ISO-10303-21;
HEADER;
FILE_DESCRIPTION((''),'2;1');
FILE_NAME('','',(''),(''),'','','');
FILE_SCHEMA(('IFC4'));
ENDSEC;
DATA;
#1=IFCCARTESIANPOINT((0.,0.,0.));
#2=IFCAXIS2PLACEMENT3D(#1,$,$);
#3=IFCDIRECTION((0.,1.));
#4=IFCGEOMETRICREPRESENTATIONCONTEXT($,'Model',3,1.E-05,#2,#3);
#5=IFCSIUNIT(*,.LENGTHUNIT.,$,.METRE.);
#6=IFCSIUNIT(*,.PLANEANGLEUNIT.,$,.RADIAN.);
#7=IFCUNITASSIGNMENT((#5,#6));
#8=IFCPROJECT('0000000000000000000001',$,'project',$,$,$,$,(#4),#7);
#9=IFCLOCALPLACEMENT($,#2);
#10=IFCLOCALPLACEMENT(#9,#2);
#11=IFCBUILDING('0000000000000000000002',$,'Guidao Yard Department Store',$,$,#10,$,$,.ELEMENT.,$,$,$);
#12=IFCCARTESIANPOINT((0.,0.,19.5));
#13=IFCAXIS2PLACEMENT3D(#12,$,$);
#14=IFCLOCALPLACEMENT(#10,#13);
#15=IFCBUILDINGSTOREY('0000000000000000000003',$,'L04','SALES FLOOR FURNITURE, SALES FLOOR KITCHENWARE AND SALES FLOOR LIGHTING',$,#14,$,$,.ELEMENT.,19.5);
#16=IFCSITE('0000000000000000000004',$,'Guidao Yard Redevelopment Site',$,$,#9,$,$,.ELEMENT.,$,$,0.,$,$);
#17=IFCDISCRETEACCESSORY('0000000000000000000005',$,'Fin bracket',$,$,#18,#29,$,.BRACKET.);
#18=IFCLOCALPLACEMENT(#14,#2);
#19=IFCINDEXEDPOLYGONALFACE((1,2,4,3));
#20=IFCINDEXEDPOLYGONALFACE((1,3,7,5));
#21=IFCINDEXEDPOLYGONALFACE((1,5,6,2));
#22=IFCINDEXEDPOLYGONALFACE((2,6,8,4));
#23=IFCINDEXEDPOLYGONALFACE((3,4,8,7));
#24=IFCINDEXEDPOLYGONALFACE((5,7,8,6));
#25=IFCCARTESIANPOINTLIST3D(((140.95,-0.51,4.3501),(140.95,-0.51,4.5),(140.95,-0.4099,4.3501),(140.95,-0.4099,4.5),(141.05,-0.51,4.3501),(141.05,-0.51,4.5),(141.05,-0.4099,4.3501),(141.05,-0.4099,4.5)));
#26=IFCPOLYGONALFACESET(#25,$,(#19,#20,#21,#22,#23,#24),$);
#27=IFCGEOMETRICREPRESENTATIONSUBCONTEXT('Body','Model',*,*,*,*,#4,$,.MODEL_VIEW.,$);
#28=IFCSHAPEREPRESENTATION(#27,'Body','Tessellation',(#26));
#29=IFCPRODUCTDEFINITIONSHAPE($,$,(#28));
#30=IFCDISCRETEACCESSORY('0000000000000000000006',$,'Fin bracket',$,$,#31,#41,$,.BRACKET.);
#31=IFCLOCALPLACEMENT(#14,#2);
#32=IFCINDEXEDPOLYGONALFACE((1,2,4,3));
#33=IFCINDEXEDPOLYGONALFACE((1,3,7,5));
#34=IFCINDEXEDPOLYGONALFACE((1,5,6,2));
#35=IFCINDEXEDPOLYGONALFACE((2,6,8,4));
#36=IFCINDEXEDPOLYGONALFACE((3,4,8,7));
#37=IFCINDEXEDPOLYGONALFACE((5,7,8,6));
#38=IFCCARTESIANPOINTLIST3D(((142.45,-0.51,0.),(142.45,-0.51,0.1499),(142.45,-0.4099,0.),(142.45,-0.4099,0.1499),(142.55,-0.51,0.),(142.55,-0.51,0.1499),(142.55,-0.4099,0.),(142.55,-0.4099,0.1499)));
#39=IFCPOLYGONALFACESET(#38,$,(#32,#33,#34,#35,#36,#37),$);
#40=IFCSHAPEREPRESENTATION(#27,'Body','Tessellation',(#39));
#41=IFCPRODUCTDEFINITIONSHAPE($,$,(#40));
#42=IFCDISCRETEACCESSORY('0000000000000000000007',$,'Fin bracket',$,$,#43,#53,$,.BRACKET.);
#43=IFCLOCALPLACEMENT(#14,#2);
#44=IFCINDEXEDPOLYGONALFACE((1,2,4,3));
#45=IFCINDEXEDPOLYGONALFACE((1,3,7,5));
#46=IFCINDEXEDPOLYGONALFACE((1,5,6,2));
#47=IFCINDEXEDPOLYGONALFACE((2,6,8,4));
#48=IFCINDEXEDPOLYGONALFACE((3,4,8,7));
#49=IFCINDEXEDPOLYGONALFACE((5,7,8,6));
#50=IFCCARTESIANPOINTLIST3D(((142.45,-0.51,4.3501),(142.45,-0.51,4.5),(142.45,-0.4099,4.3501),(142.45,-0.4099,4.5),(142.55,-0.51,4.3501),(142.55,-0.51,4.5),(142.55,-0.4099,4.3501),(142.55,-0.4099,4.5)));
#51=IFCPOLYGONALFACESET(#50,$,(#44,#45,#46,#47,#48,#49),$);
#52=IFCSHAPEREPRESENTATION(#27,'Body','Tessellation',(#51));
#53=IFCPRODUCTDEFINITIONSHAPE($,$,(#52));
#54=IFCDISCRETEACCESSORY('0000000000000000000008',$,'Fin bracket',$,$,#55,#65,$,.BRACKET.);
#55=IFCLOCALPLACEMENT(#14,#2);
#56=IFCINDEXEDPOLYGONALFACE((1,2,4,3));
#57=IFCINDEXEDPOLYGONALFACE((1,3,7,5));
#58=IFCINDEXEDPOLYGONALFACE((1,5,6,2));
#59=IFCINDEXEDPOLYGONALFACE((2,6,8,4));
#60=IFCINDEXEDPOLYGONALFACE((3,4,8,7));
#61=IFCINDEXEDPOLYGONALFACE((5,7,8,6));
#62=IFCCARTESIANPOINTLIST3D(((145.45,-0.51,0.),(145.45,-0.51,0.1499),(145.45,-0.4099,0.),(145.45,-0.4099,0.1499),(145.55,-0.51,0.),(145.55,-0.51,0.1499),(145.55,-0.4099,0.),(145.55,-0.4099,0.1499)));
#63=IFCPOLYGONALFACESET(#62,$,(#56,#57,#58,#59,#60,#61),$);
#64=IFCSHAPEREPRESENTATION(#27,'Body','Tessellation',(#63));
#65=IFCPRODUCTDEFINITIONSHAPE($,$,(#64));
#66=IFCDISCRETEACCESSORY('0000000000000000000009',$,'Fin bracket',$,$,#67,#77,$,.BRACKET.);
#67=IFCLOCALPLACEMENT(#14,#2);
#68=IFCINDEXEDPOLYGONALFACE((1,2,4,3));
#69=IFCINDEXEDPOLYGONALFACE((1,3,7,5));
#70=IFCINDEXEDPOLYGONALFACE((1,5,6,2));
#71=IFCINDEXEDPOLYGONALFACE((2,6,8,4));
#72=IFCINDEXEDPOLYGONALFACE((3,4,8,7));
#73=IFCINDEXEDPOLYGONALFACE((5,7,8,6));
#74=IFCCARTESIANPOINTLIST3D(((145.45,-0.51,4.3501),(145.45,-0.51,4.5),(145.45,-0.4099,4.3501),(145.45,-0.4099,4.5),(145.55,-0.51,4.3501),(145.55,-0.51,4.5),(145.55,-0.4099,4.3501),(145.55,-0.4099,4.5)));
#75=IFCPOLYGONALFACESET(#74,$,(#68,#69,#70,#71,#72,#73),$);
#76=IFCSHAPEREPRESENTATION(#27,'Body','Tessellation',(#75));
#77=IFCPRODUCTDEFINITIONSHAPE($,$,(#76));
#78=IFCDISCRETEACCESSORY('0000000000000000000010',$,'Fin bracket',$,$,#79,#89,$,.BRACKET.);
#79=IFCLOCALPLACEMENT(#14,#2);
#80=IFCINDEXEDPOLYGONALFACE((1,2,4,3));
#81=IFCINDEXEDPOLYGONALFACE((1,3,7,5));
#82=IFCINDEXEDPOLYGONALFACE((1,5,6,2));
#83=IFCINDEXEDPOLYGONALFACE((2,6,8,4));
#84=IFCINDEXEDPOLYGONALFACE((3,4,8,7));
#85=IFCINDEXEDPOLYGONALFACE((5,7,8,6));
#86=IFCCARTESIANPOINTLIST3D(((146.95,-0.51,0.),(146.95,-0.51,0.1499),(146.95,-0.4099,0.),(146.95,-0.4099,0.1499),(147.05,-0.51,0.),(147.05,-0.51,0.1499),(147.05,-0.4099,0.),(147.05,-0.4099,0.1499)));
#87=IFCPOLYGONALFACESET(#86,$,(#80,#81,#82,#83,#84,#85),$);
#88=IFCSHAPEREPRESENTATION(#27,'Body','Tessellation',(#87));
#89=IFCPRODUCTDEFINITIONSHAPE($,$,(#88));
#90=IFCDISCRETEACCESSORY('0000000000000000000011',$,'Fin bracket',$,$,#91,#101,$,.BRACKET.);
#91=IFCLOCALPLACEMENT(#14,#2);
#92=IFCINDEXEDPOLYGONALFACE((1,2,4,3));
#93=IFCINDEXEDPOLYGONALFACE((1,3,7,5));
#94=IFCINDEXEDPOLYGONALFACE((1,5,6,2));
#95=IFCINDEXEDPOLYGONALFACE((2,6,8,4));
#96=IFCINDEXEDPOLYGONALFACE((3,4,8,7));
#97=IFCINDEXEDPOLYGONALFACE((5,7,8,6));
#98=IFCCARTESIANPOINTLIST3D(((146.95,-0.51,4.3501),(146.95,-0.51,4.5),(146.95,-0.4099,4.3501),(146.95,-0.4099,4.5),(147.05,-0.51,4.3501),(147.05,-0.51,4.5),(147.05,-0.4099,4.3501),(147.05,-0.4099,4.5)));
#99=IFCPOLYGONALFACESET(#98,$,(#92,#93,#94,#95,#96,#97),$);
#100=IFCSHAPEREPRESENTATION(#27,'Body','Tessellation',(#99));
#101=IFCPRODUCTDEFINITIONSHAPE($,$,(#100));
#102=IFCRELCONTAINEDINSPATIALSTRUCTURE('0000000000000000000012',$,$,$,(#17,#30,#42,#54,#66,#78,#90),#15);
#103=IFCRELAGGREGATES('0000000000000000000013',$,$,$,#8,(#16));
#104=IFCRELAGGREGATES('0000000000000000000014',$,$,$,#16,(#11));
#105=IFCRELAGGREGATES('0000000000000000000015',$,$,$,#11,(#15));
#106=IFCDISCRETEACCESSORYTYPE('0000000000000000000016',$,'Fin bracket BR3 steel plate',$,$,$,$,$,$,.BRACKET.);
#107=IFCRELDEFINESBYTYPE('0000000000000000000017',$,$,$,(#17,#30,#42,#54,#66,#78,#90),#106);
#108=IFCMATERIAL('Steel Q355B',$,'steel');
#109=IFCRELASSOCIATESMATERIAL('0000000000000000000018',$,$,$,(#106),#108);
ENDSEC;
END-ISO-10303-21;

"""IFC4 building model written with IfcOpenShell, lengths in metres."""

from ifc_helpers import new_model, si_unit, direction, frame, origin, origin_2d, place, context, subcontext, project, spatial, rectangle, extrude, material, type_object, element, save


model = new_model("IFC4")

# Units and contexts
model_context = context("Model", 3, precision=1e-05, world=origin(), true_north=direction((0.0, 1.0)))
body_context = subcontext(model_context, "Body", "Model", "MODEL_VIEW")
ifc_project = project(units=[si_unit("LENGTHUNIT", "METRE"), si_unit("PLANEANGLEUNIT", "RADIAN")], contexts=[model_context])

# Site, building, storey
site_placement = place(None, origin())
site = spatial("IfcSite", under=ifc_project, at=site_placement, Name="Guidao Yard Redevelopment Site", CompositionType="ELEMENT", RefElevation=0.0)
building_placement = place(site_placement, origin())
building = spatial("IfcBuilding", under=site, at=building_placement, Name="Guidao Yard Department Store", CompositionType="ELEMENT")
storey_placement = place(building_placement, frame((0.0, 0.0, 19.5)))
storey = spatial("IfcBuildingStorey", under=building, at=storey_placement, Name="L04", Description="SALES FLOOR FURNITURE, SALES FLOOR KITCHENWARE AND SALES FLOOR LIGHTING", CompositionType="ELEMENT", Elevation=19.5)

# Discrete accessories
ifc_material_1 = material(Name="Steel Q355B", Category="steel")
discrete_accessory_type = type_object("IfcDiscreteAccessoryType", Name="Fin bracket BR3 steel plate", PredefinedType="BRACKET", material=ifc_material_1)
for number, where, z_axis, x_axis, name in (
    (1, (141.0, -0.46, 4.3501), (0.0, 0.0, 1.0), (-1.0, 0.0, 0.0), "Fin bracket"),
    (2, (142.5, -0.46, 0.0), (0.0, 0.0, 1.0), (-1.0, 0.0, 0.0), "Fin bracket"),
    (3, (142.5, -0.46, 4.3501), (0.0, 0.0, 1.0), (-1.0, 0.0, 0.0), "Fin bracket"),
    (4, (145.5, -0.46, 0.0), (0.0, 0.0, 1.0), (-1.0, 0.0, 0.0), "Fin bracket"),
    (5, (145.5, -0.46, 4.3501), (0.0, 0.0, 1.0), (-1.0, 0.0, 0.0), "Fin bracket"),
    (6, (147.0, -0.46, 0.0), (0.0, 0.0, 1.0), (-1.0, 0.0, 0.0), "Fin bracket"),
    (7, (147.0, -0.46, 4.3501), (0.0, 0.0, 1.0), (-1.0, 0.0, 0.0), "Fin bracket"),
):
    element("IfcDiscreteAccessory", number, at=place(storey_placement, frame(where, z_axis=z_axis, x_axis=x_axis)), inside=storey, type_object=discrete_accessory_type, Name=name, PredefinedType="BRACKET", context=body_context, shape_type="SweptSolid", body=[
        extrude(rectangle(XDim=0.1001, YDim=0.1001, at=origin_2d()), origin(), (0.0, 0.0, 1.0), 0.1499),
    ])

save(model, "model.ifc")
